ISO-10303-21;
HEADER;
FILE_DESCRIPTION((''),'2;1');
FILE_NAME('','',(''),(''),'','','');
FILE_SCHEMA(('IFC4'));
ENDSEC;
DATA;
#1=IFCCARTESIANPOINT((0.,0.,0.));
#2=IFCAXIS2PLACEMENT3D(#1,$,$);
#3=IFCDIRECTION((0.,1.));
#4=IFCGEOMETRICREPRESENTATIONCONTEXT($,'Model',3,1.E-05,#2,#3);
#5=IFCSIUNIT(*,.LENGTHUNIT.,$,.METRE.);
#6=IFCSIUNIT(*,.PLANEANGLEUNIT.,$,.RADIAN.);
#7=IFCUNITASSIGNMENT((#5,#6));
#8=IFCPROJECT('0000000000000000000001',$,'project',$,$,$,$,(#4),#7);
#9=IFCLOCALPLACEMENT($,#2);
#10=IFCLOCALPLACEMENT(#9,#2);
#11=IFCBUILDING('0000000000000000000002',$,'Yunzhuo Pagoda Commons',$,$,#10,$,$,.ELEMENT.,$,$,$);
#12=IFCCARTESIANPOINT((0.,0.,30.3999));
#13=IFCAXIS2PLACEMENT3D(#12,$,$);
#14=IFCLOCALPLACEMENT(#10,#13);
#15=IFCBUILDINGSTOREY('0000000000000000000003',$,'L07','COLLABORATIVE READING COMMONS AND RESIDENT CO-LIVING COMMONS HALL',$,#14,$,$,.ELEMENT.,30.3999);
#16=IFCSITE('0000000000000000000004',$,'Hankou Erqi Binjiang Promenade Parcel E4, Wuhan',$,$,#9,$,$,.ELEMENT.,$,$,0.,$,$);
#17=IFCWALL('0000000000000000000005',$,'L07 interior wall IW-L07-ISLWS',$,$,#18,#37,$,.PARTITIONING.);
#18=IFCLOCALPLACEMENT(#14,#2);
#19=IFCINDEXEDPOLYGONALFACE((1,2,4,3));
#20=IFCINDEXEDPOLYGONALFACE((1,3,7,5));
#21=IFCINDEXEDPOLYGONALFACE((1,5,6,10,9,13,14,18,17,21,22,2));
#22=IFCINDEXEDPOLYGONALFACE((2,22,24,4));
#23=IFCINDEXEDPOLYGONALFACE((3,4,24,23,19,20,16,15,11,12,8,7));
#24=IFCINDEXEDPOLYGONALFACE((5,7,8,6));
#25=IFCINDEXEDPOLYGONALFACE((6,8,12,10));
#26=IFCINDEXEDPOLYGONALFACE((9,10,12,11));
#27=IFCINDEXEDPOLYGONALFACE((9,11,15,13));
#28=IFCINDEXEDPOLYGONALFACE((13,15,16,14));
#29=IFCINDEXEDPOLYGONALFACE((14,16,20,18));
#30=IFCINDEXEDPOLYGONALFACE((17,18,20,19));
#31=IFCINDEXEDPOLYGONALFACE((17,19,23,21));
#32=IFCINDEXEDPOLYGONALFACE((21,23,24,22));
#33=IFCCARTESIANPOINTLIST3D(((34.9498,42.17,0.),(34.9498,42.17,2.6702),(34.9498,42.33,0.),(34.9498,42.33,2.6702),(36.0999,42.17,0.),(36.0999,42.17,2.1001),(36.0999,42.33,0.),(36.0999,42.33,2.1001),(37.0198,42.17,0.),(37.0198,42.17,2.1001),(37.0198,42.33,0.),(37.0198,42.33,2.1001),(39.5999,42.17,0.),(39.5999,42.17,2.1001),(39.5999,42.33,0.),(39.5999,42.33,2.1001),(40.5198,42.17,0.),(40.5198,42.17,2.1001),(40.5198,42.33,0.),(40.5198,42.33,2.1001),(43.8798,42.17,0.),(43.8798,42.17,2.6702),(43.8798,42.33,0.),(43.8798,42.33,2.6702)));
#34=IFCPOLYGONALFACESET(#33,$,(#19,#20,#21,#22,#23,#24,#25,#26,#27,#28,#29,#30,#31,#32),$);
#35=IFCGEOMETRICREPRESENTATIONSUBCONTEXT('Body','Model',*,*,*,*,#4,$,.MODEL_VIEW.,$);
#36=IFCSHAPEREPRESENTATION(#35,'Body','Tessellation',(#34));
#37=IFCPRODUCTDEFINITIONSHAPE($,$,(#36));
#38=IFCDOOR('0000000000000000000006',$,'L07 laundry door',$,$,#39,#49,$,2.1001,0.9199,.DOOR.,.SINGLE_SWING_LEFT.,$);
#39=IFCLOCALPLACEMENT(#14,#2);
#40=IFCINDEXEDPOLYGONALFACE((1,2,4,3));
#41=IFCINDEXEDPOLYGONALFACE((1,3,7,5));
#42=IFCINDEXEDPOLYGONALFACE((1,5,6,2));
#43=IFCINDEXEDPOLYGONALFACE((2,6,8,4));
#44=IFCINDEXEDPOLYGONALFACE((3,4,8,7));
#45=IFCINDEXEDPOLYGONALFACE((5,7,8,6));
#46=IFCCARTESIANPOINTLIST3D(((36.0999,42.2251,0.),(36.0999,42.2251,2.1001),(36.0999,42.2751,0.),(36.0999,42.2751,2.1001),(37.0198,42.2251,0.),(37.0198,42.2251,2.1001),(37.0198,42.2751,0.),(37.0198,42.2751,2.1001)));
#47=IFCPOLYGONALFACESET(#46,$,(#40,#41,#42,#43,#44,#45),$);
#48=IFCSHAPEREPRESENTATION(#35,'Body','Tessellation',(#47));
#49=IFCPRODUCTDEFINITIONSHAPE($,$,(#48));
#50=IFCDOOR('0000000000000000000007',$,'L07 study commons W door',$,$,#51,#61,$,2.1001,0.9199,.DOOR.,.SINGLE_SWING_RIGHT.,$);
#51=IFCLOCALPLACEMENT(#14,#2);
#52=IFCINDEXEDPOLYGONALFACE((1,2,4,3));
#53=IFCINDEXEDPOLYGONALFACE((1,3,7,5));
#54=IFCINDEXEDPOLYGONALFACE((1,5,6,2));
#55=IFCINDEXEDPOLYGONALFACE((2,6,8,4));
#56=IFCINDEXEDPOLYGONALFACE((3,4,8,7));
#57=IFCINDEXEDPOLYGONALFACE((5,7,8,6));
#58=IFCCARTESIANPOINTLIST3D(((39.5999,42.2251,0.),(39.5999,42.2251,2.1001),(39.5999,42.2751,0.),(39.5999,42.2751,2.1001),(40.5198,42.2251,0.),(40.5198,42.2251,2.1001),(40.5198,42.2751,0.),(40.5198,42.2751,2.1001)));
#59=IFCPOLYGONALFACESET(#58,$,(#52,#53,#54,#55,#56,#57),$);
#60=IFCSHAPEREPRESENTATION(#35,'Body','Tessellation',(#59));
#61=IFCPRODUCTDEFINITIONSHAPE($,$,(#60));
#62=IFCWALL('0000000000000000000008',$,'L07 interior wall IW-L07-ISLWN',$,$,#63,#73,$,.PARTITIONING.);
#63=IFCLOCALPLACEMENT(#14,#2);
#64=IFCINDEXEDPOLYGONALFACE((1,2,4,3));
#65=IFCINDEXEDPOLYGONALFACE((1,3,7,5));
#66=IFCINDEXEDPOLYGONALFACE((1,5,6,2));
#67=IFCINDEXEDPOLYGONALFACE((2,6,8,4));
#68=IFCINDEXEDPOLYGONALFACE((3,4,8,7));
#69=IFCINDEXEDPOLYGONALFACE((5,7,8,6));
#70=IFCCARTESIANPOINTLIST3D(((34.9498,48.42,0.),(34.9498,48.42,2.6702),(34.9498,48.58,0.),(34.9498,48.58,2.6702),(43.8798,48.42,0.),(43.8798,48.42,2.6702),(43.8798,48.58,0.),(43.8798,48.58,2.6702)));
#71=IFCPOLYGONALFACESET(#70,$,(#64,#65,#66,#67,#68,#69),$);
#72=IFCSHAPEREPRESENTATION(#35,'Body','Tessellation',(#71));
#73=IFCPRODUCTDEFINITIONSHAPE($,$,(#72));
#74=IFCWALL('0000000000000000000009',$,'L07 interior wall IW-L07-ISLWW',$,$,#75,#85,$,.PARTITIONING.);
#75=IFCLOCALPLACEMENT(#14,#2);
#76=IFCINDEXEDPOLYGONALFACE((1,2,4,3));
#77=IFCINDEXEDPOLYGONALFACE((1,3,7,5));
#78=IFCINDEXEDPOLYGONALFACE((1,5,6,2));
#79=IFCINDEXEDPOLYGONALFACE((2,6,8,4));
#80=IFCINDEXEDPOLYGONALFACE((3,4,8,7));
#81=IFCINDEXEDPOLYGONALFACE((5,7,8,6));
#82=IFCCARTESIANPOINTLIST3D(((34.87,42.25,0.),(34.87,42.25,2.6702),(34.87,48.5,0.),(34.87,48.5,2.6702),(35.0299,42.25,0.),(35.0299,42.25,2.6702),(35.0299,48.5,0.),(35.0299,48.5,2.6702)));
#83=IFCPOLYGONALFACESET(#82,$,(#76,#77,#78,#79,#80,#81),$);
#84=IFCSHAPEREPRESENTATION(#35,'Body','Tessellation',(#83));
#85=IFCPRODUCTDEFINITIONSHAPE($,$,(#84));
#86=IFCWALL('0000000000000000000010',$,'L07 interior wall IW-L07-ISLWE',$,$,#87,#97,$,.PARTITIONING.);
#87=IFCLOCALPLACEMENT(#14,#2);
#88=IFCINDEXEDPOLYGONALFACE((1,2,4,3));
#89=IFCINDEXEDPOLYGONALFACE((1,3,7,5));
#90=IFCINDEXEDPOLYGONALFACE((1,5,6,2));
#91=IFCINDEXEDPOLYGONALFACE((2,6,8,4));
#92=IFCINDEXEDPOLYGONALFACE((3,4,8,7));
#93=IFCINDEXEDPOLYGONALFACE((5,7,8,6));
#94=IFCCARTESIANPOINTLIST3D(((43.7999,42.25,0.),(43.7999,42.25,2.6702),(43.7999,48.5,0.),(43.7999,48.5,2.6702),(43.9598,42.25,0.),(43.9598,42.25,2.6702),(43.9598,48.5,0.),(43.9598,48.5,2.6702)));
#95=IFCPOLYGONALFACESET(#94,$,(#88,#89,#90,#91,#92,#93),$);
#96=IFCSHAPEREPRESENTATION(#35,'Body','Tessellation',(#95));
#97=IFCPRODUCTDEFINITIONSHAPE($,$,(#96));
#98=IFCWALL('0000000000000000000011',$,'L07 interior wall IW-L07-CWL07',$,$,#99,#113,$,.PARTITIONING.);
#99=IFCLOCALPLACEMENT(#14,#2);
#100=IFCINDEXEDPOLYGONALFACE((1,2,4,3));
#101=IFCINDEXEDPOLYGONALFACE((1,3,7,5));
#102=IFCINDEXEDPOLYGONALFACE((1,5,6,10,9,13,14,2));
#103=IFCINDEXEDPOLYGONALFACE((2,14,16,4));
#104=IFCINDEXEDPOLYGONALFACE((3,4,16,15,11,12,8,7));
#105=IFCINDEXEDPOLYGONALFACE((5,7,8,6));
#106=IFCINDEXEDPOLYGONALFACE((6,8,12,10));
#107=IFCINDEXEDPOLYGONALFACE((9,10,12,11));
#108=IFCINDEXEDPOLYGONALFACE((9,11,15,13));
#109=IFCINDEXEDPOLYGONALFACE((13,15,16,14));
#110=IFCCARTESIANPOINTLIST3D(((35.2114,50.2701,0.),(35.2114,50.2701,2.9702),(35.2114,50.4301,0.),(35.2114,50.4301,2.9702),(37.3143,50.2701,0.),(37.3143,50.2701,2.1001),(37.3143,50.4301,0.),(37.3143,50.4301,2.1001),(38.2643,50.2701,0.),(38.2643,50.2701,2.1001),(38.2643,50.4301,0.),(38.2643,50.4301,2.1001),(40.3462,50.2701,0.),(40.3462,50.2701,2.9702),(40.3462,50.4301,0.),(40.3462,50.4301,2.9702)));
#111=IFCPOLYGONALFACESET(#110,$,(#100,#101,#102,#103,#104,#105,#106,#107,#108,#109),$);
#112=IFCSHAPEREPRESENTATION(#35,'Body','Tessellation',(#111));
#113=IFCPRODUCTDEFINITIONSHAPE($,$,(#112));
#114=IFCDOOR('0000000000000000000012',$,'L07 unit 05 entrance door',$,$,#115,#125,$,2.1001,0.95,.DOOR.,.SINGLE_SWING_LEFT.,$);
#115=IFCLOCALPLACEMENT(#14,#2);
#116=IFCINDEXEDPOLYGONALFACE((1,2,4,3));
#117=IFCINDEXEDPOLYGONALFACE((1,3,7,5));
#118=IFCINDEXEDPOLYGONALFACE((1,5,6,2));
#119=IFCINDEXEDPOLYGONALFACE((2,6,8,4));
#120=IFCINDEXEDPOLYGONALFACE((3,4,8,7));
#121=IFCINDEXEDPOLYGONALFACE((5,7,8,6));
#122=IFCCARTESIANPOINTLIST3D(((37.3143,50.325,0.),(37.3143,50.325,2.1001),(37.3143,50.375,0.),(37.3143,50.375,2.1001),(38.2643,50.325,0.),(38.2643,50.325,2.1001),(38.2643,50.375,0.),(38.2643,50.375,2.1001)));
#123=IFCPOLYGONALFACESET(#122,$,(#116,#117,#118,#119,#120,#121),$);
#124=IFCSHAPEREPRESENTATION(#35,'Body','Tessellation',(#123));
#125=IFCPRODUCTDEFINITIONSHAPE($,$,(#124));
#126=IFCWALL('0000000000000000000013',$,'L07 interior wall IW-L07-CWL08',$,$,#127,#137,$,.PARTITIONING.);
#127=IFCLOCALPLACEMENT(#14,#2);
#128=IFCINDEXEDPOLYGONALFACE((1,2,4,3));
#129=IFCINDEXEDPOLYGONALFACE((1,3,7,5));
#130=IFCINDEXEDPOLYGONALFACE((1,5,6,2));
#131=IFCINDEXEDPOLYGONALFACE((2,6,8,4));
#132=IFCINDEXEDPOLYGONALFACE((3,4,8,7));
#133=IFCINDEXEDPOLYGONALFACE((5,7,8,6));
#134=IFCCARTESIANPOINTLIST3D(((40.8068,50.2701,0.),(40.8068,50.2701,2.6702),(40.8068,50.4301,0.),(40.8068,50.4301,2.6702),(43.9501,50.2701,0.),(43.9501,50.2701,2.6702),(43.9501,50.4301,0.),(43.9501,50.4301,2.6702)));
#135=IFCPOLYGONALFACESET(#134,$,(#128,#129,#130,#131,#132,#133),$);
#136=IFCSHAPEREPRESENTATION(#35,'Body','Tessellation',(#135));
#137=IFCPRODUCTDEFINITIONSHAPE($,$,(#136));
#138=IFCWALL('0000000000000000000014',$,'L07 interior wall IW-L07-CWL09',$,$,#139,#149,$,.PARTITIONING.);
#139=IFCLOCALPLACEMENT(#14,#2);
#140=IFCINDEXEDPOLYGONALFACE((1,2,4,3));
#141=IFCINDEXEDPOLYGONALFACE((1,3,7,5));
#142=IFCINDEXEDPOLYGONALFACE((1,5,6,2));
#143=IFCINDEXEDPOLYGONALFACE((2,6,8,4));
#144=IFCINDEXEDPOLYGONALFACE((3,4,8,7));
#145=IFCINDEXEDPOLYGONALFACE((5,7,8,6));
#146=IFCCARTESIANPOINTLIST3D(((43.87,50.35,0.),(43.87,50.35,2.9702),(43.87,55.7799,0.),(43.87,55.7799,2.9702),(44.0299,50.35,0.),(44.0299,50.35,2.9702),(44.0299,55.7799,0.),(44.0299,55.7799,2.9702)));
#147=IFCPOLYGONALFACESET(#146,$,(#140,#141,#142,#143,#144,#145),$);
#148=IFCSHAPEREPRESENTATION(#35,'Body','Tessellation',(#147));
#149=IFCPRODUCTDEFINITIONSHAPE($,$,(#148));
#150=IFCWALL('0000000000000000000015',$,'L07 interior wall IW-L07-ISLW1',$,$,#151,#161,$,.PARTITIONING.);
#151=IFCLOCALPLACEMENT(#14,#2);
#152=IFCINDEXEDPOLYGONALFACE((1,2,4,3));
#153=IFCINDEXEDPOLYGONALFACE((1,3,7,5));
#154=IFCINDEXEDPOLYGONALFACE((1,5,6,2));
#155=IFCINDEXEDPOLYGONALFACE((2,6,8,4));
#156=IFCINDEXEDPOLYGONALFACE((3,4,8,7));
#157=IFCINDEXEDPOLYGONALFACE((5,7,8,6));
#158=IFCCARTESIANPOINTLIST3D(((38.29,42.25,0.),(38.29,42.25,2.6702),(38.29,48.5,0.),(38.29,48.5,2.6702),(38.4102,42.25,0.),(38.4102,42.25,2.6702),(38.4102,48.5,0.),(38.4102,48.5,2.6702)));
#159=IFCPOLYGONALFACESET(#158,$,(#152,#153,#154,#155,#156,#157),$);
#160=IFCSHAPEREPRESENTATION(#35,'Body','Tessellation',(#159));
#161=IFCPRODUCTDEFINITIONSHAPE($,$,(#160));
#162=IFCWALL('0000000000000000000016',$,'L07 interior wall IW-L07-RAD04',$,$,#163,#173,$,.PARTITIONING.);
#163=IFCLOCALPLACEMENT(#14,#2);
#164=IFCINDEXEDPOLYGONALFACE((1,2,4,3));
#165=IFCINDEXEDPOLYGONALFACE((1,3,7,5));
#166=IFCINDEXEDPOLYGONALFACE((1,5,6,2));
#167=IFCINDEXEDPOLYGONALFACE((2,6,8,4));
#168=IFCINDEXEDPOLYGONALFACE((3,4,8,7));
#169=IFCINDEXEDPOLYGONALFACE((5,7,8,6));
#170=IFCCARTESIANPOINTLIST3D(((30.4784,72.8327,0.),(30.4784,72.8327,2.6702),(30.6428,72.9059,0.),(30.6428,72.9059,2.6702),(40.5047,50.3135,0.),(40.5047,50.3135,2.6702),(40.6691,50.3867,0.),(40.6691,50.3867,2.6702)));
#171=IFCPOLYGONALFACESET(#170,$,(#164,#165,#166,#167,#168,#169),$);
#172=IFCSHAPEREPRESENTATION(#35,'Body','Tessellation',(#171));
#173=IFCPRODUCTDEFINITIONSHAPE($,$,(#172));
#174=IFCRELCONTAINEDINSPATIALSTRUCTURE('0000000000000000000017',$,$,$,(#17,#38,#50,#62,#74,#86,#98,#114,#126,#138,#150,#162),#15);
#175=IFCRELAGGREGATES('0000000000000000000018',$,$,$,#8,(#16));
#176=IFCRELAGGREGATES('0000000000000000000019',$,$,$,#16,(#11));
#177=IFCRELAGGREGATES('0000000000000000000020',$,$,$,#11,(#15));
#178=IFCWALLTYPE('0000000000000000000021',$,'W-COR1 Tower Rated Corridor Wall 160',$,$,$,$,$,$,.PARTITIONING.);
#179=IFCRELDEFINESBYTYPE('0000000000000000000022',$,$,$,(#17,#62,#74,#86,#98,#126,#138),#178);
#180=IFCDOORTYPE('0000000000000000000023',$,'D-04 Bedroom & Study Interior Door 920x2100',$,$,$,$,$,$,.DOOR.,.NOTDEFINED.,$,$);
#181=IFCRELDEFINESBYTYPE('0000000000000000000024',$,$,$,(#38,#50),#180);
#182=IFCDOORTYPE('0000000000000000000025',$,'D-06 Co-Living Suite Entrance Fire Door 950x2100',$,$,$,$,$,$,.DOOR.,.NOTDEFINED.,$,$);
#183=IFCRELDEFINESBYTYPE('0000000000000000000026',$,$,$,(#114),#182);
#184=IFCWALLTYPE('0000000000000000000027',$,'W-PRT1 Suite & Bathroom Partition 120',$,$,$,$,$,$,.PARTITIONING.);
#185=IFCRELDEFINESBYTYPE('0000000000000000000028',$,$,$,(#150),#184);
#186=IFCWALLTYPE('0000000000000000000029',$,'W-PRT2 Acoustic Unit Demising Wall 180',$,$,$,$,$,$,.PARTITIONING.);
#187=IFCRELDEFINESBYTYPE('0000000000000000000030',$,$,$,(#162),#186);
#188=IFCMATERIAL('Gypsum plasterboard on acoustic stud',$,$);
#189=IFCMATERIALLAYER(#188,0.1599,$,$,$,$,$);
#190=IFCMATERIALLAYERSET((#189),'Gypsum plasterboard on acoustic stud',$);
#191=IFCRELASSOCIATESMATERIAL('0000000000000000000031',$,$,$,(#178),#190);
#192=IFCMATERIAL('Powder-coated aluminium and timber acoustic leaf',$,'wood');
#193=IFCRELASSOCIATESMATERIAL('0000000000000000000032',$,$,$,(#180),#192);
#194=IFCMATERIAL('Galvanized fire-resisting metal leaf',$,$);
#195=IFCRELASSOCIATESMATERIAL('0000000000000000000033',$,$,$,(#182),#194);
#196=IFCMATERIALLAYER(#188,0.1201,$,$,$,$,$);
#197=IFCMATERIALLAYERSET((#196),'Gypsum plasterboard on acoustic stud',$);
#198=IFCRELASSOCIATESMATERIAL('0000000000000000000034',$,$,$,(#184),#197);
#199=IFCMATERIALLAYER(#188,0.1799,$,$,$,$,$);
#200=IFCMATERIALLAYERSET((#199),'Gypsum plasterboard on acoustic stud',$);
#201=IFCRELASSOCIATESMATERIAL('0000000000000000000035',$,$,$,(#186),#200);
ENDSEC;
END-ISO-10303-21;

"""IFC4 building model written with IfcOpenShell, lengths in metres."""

from ifc_helpers import new_model, si_unit, direction, frame, frame_2d, origin, origin_with_axes, place, context, subcontext, project, spatial, rectangle, extrude, source, transform, mapped, material, layer, layer_set, type_object, element, fill, save


model = new_model("IFC4")

# Units and contexts
model_context = context("Model", 3, precision=1e-05, world=origin(), true_north=direction((0.0, 1.0)))
body_context = subcontext(model_context, "Body", "Model", "MODEL_VIEW")
ifc_project = project(units=[si_unit("LENGTHUNIT", "METRE"), si_unit("PLANEANGLEUNIT", "RADIAN")], contexts=[model_context])

# Site, building, storey
site_placement = place(None, origin())
site = spatial("IfcSite", under=ifc_project, at=site_placement, Name="Hankou Erqi Binjiang Promenade Parcel E4, Wuhan", CompositionType="ELEMENT", RefElevation=0.0)
building_placement = place(site_placement, origin())
building = spatial("IfcBuilding", under=site, at=building_placement, Name="Yunzhuo Pagoda Commons", CompositionType="ELEMENT")
storey_placement = place(building_placement, frame((0.0, 0.0, 30.3999)))
storey = spatial("IfcBuildingStorey", under=building, at=storey_placement, Name="L07", Description="COLLABORATIVE READING COMMONS AND RESIDENT CO-LIVING COMMONS HALL", CompositionType="ELEMENT", Elevation=30.3999)

# Shared definitions
ifc_material_1 = material(Name="Galvanized fire-resisting metal leaf")

# Wall, openings, doors
ifc_material_2 = material(Name="Gypsum plasterboard on acoustic stud")
ifc_layer_1 = layer(ifc_material_2, 0.1599)
ifc_layer_set_1 = layer_set([ifc_layer_1], Name="Gypsum plasterboard on acoustic stud")
wall_type_1 = type_object("IfcWallType", Name="W-COR1 Tower Rated Corridor Wall 160", PredefinedType="PARTITIONING", material=ifc_layer_set_1)
wall_1_placement = place(storey_placement, frame((34.95, 42.25, 0.0), z_axis=(0.0, 0.0, 1.0), x_axis=(1.0, 0.0, 0.0)))
wall_1 = element("IfcWall", 1, at=wall_1_placement, inside=storey, type_object=wall_type_1, Name="L07 interior wall IW-L07-ISLWS", PredefinedType="PARTITIONING", context=body_context, shape_type="SweptSolid", body=[
    extrude(rectangle(XDim=8.9299, YDim=0.1599, at=frame_2d((4.4648, 0.0))), origin(), (0.0, 0.0, 1.0), 2.6702),
])
opening_1_placement = place(wall_1_placement, frame((1.1499, 0.0, 0.0)))
opening_1 = element("IfcOpeningElement", 2, at=opening_1_placement, cuts=wall_1, PredefinedType="OPENING", context=body_context, shape_type="SweptSolid", body=[
    extrude(rectangle(XDim=0.9199, YDim=2.1001, at=frame_2d((0.46, 1.05))), frame((0.0, 0.0898, 0.0), z_axis=(0.0, -1.0, 0.0), x_axis=(1.0, 0.0, 0.0)), (0.0, 0.0, 1.0), 0.1799),
])
opening_2_placement = place(wall_1_placement, frame((4.6499, 0.0, 0.0)))
opening_2 = element("IfcOpeningElement", 3, at=opening_2_placement, cuts=wall_1, PredefinedType="OPENING", context=body_context, shape_type="SweptSolid", body=[
    extrude(rectangle(XDim=0.9199, YDim=2.1001, at=frame_2d((0.46, 1.05))), frame((0.0, 0.0898, 0.0), z_axis=(0.0, -1.0, 0.0), x_axis=(1.0, 0.0, 0.0)), (0.0, 0.0, 1.0), 0.1799),
])
ifc_material_3 = material(Name="Powder-coated aluminium and timber acoustic leaf", Category="wood")
door_type_1 = type_object("IfcDoorType", Name="D-04 Bedroom & Study Interior Door 920x2100", OperationType="NOTDEFINED", PredefinedType="DOOR", material=ifc_material_3)
shared_shape_1 = source(origin(), body_context, "Body", "SweptSolid", [
    extrude(rectangle(XDim=0.9199, YDim=2.1001, at=frame_2d((0.46, 1.05))), frame((0.0, 0.0249, 0.0), z_axis=(0.0, -1.0, 0.0), x_axis=(1.0, 0.0, 0.0)), (0.0, 0.0, 1.0), 0.05),
])
door_1_placement = place(opening_1_placement, frame((0.9199, 0.0, 0.0), z_axis=(0.0, 0.0, 1.0), x_axis=(-1.0, 0.0, 0.0)))
door_1 = element("IfcDoor", 4, at=door_1_placement, inside=storey, type_object=door_type_1, Name="L07 laundry door", OperationType="SINGLE_SWING_LEFT", OverallHeight=2.1001, OverallWidth=0.9199, PredefinedType="DOOR", context=body_context, shape_type="MappedRepresentation", body=[
    mapped(shared_shape_1, transform((0.0, 0.0, 0.0), scale=1.0)),
])
fill(opening_1, door_1)
door_2_placement = place(opening_2_placement, frame((0.9199, 0.0, 0.0), z_axis=(0.0, 0.0, 1.0), x_axis=(-1.0, 0.0, 0.0)))
door_2 = element("IfcDoor", 5, at=door_2_placement, inside=storey, type_object=door_type_1, Name="L07 study commons W door", OperationType="SINGLE_SWING_RIGHT", OverallHeight=2.1001, OverallWidth=0.9199, PredefinedType="DOOR", context=body_context, shape_type="MappedRepresentation", body=[
    mapped(shared_shape_1, transform((0.0, 0.0, 0.0), scale=1.0)),
])
fill(opening_2, door_2)

# Walls
wall_2_placement = place(storey_placement, frame((34.95, 48.5, 0.0), z_axis=(0.0, 0.0, 1.0), x_axis=(1.0, 0.0, 0.0)))
element("IfcWall", 6, at=wall_2_placement, inside=storey, type_object=wall_type_1, Name="L07 interior wall IW-L07-ISLWN", PredefinedType="PARTITIONING", context=body_context, shape_type="SweptSolid", body=[
    extrude(rectangle(XDim=8.9299, YDim=0.1599, at=frame_2d((4.4648, 0.0))), origin(), (0.0, 0.0, 1.0), 2.6702),
])
for number, where, z_axis, x_axis, name in (
    (7, (34.95, 42.25, 0.0), (0.0, 0.0, 1.0), (0.0, 1.0, 0.0), "L07 interior wall IW-L07-ISLWW"),
    (8, (43.8799, 42.25, 0.0), (0.0, 0.0, 1.0), (0.0, 1.0, 0.0), "L07 interior wall IW-L07-ISLWE"),
):
    element("IfcWall", number, at=place(storey_placement, frame(where, z_axis=z_axis, x_axis=x_axis)), inside=storey, type_object=wall_type_1, Name=name, PredefinedType="PARTITIONING", context=body_context, shape_type="SweptSolid", body=[
        extrude(rectangle(XDim=6.25, YDim=0.1599, at=frame_2d((3.125, 0.0))), origin(), (0.0, 0.0, 1.0), 2.6702),
    ])

# Wall, opening, door
wall_3_placement = place(storey_placement, frame((35.2114, 50.3501, 0.0), z_axis=(0.0, 0.0, 1.0), x_axis=(1.0, 0.0, 0.0)))
wall_3 = element("IfcWall", 9, at=wall_3_placement, inside=storey, type_object=wall_type_1, Name="L07 interior wall IW-L07-CWL07", PredefinedType="PARTITIONING", context=body_context, shape_type="SweptSolid", body=[
    extrude(rectangle(XDim=5.1348, YDim=0.1599, at=frame_2d((2.5674, 0.0))), origin(), (0.0, 0.0, 1.0), 2.9702),
])
opening_3_placement = place(wall_3_placement, frame((2.1028, 0.0, 0.0)))
opening_3 = element("IfcOpeningElement", 10, at=opening_3_placement, cuts=wall_3, PredefinedType="OPENING", context=body_context, shape_type="SweptSolid", body=[
    extrude(rectangle(XDim=0.95, YDim=2.1001, at=frame_2d((0.4751, 1.05))), frame((0.0, 0.0898, 0.0), z_axis=(0.0, -1.0, 0.0), x_axis=(1.0, 0.0, 0.0)), (0.0, 0.0, 1.0), 0.1799),
])
door_type_2 = type_object("IfcDoorType", Name="D-06 Co-Living Suite Entrance Fire Door 950x2100", OperationType="NOTDEFINED", PredefinedType="DOOR", material=ifc_material_1)
shared_shape_2 = source(origin(), body_context, "Body", "SweptSolid", [
    extrude(rectangle(XDim=0.95, YDim=2.1001, at=frame_2d((0.4751, 1.05))), frame((0.0, 0.0249, 0.0), z_axis=(0.0, -1.0, 0.0), x_axis=(1.0, 0.0, 0.0)), (0.0, 0.0, 1.0), 0.05),
])
door_3_placement = place(opening_3_placement, origin_with_axes())
door_3 = element("IfcDoor", 11, at=door_3_placement, inside=storey, type_object=door_type_2, Name="L07 unit 05 entrance door", OperationType="SINGLE_SWING_LEFT", OverallHeight=2.1001, OverallWidth=0.95, PredefinedType="DOOR", context=body_context, shape_type="MappedRepresentation", body=[
    mapped(shared_shape_2, transform((0.0, 0.0, 0.0), scale=1.0)),
])
fill(opening_3, door_3)

# Walls
wall_4_placement = place(storey_placement, frame((40.8066, 50.3501, 0.0), z_axis=(0.0, 0.0, 1.0), x_axis=(1.0, 0.0, 0.0)))
element("IfcWall", 12, at=wall_4_placement, inside=storey, type_object=wall_type_1, Name="L07 interior wall IW-L07-CWL08", PredefinedType="PARTITIONING", context=body_context, shape_type="SweptSolid", body=[
    extrude(rectangle(XDim=3.1433, YDim=0.1599, at=frame_2d((1.5718, 0.0))), origin(), (0.0, 0.0, 1.0), 2.6702),
])
wall_5_placement = place(storey_placement, frame((43.95, 50.3501, 0.0), z_axis=(0.0, 0.0, 1.0), x_axis=(0.0, 1.0, 0.0)))
element("IfcWall", 13, at=wall_5_placement, inside=storey, type_object=wall_type_1, Name="L07 interior wall IW-L07-CWL09", PredefinedType="PARTITIONING", context=body_context, shape_type="SweptSolid", body=[
    extrude(rectangle(XDim=5.4299, YDim=0.1599, at=frame_2d((2.7148, 0.0))), origin(), (0.0, 0.0, 1.0), 2.9702),
])
ifc_layer_2 = layer(ifc_material_2, 0.1201)
ifc_layer_set_2 = layer_set([ifc_layer_2], Name="Gypsum plasterboard on acoustic stud")
wall_type_2 = type_object("IfcWallType", Name="W-PRT1 Suite & Bathroom Partition 120", PredefinedType="PARTITIONING", material=ifc_layer_set_2)
wall_6_placement = place(storey_placement, frame((38.3501, 42.25, 0.0), z_axis=(0.0, 0.0, 1.0), x_axis=(0.0, 1.0, 0.0)))
element("IfcWall", 14, at=wall_6_placement, inside=storey, type_object=wall_type_2, Name="L07 interior wall IW-L07-ISLW1", PredefinedType="PARTITIONING", context=body_context, shape_type="SweptSolid", body=[
    extrude(rectangle(XDim=6.25, YDim=0.1201, at=frame_2d((3.125, 0.0))), origin(), (0.0, 0.0, 1.0), 2.6702),
])
ifc_layer_3 = layer(ifc_material_2, 0.1799)
ifc_layer_set_3 = layer_set([ifc_layer_3], Name="Gypsum plasterboard on acoustic stud")
wall_type_3 = type_object("IfcWallType", Name="W-PRT2 Acoustic Unit Demising Wall 180", PredefinedType="PARTITIONING", material=ifc_layer_set_3)
wall_7_placement = place(storey_placement, frame((40.5869, 50.3501, 0.0), z_axis=(0.0, 0.0, 1.0), x_axis=(-0.406741, 0.913543, 0.0)))
element("IfcWall", 15, at=wall_7_placement, inside=storey, type_object=wall_type_3, Name="L07 interior wall IW-L07-RAD04", PredefinedType="PARTITIONING", context=body_context, shape_type="SweptSolid", body=[
    extrude(rectangle(XDim=24.6504, YDim=0.1799, at=frame_2d((12.3252, 0.0))), origin(), (0.0, 0.0, 1.0), 2.6702),
])

save(model, "model.ifc")
